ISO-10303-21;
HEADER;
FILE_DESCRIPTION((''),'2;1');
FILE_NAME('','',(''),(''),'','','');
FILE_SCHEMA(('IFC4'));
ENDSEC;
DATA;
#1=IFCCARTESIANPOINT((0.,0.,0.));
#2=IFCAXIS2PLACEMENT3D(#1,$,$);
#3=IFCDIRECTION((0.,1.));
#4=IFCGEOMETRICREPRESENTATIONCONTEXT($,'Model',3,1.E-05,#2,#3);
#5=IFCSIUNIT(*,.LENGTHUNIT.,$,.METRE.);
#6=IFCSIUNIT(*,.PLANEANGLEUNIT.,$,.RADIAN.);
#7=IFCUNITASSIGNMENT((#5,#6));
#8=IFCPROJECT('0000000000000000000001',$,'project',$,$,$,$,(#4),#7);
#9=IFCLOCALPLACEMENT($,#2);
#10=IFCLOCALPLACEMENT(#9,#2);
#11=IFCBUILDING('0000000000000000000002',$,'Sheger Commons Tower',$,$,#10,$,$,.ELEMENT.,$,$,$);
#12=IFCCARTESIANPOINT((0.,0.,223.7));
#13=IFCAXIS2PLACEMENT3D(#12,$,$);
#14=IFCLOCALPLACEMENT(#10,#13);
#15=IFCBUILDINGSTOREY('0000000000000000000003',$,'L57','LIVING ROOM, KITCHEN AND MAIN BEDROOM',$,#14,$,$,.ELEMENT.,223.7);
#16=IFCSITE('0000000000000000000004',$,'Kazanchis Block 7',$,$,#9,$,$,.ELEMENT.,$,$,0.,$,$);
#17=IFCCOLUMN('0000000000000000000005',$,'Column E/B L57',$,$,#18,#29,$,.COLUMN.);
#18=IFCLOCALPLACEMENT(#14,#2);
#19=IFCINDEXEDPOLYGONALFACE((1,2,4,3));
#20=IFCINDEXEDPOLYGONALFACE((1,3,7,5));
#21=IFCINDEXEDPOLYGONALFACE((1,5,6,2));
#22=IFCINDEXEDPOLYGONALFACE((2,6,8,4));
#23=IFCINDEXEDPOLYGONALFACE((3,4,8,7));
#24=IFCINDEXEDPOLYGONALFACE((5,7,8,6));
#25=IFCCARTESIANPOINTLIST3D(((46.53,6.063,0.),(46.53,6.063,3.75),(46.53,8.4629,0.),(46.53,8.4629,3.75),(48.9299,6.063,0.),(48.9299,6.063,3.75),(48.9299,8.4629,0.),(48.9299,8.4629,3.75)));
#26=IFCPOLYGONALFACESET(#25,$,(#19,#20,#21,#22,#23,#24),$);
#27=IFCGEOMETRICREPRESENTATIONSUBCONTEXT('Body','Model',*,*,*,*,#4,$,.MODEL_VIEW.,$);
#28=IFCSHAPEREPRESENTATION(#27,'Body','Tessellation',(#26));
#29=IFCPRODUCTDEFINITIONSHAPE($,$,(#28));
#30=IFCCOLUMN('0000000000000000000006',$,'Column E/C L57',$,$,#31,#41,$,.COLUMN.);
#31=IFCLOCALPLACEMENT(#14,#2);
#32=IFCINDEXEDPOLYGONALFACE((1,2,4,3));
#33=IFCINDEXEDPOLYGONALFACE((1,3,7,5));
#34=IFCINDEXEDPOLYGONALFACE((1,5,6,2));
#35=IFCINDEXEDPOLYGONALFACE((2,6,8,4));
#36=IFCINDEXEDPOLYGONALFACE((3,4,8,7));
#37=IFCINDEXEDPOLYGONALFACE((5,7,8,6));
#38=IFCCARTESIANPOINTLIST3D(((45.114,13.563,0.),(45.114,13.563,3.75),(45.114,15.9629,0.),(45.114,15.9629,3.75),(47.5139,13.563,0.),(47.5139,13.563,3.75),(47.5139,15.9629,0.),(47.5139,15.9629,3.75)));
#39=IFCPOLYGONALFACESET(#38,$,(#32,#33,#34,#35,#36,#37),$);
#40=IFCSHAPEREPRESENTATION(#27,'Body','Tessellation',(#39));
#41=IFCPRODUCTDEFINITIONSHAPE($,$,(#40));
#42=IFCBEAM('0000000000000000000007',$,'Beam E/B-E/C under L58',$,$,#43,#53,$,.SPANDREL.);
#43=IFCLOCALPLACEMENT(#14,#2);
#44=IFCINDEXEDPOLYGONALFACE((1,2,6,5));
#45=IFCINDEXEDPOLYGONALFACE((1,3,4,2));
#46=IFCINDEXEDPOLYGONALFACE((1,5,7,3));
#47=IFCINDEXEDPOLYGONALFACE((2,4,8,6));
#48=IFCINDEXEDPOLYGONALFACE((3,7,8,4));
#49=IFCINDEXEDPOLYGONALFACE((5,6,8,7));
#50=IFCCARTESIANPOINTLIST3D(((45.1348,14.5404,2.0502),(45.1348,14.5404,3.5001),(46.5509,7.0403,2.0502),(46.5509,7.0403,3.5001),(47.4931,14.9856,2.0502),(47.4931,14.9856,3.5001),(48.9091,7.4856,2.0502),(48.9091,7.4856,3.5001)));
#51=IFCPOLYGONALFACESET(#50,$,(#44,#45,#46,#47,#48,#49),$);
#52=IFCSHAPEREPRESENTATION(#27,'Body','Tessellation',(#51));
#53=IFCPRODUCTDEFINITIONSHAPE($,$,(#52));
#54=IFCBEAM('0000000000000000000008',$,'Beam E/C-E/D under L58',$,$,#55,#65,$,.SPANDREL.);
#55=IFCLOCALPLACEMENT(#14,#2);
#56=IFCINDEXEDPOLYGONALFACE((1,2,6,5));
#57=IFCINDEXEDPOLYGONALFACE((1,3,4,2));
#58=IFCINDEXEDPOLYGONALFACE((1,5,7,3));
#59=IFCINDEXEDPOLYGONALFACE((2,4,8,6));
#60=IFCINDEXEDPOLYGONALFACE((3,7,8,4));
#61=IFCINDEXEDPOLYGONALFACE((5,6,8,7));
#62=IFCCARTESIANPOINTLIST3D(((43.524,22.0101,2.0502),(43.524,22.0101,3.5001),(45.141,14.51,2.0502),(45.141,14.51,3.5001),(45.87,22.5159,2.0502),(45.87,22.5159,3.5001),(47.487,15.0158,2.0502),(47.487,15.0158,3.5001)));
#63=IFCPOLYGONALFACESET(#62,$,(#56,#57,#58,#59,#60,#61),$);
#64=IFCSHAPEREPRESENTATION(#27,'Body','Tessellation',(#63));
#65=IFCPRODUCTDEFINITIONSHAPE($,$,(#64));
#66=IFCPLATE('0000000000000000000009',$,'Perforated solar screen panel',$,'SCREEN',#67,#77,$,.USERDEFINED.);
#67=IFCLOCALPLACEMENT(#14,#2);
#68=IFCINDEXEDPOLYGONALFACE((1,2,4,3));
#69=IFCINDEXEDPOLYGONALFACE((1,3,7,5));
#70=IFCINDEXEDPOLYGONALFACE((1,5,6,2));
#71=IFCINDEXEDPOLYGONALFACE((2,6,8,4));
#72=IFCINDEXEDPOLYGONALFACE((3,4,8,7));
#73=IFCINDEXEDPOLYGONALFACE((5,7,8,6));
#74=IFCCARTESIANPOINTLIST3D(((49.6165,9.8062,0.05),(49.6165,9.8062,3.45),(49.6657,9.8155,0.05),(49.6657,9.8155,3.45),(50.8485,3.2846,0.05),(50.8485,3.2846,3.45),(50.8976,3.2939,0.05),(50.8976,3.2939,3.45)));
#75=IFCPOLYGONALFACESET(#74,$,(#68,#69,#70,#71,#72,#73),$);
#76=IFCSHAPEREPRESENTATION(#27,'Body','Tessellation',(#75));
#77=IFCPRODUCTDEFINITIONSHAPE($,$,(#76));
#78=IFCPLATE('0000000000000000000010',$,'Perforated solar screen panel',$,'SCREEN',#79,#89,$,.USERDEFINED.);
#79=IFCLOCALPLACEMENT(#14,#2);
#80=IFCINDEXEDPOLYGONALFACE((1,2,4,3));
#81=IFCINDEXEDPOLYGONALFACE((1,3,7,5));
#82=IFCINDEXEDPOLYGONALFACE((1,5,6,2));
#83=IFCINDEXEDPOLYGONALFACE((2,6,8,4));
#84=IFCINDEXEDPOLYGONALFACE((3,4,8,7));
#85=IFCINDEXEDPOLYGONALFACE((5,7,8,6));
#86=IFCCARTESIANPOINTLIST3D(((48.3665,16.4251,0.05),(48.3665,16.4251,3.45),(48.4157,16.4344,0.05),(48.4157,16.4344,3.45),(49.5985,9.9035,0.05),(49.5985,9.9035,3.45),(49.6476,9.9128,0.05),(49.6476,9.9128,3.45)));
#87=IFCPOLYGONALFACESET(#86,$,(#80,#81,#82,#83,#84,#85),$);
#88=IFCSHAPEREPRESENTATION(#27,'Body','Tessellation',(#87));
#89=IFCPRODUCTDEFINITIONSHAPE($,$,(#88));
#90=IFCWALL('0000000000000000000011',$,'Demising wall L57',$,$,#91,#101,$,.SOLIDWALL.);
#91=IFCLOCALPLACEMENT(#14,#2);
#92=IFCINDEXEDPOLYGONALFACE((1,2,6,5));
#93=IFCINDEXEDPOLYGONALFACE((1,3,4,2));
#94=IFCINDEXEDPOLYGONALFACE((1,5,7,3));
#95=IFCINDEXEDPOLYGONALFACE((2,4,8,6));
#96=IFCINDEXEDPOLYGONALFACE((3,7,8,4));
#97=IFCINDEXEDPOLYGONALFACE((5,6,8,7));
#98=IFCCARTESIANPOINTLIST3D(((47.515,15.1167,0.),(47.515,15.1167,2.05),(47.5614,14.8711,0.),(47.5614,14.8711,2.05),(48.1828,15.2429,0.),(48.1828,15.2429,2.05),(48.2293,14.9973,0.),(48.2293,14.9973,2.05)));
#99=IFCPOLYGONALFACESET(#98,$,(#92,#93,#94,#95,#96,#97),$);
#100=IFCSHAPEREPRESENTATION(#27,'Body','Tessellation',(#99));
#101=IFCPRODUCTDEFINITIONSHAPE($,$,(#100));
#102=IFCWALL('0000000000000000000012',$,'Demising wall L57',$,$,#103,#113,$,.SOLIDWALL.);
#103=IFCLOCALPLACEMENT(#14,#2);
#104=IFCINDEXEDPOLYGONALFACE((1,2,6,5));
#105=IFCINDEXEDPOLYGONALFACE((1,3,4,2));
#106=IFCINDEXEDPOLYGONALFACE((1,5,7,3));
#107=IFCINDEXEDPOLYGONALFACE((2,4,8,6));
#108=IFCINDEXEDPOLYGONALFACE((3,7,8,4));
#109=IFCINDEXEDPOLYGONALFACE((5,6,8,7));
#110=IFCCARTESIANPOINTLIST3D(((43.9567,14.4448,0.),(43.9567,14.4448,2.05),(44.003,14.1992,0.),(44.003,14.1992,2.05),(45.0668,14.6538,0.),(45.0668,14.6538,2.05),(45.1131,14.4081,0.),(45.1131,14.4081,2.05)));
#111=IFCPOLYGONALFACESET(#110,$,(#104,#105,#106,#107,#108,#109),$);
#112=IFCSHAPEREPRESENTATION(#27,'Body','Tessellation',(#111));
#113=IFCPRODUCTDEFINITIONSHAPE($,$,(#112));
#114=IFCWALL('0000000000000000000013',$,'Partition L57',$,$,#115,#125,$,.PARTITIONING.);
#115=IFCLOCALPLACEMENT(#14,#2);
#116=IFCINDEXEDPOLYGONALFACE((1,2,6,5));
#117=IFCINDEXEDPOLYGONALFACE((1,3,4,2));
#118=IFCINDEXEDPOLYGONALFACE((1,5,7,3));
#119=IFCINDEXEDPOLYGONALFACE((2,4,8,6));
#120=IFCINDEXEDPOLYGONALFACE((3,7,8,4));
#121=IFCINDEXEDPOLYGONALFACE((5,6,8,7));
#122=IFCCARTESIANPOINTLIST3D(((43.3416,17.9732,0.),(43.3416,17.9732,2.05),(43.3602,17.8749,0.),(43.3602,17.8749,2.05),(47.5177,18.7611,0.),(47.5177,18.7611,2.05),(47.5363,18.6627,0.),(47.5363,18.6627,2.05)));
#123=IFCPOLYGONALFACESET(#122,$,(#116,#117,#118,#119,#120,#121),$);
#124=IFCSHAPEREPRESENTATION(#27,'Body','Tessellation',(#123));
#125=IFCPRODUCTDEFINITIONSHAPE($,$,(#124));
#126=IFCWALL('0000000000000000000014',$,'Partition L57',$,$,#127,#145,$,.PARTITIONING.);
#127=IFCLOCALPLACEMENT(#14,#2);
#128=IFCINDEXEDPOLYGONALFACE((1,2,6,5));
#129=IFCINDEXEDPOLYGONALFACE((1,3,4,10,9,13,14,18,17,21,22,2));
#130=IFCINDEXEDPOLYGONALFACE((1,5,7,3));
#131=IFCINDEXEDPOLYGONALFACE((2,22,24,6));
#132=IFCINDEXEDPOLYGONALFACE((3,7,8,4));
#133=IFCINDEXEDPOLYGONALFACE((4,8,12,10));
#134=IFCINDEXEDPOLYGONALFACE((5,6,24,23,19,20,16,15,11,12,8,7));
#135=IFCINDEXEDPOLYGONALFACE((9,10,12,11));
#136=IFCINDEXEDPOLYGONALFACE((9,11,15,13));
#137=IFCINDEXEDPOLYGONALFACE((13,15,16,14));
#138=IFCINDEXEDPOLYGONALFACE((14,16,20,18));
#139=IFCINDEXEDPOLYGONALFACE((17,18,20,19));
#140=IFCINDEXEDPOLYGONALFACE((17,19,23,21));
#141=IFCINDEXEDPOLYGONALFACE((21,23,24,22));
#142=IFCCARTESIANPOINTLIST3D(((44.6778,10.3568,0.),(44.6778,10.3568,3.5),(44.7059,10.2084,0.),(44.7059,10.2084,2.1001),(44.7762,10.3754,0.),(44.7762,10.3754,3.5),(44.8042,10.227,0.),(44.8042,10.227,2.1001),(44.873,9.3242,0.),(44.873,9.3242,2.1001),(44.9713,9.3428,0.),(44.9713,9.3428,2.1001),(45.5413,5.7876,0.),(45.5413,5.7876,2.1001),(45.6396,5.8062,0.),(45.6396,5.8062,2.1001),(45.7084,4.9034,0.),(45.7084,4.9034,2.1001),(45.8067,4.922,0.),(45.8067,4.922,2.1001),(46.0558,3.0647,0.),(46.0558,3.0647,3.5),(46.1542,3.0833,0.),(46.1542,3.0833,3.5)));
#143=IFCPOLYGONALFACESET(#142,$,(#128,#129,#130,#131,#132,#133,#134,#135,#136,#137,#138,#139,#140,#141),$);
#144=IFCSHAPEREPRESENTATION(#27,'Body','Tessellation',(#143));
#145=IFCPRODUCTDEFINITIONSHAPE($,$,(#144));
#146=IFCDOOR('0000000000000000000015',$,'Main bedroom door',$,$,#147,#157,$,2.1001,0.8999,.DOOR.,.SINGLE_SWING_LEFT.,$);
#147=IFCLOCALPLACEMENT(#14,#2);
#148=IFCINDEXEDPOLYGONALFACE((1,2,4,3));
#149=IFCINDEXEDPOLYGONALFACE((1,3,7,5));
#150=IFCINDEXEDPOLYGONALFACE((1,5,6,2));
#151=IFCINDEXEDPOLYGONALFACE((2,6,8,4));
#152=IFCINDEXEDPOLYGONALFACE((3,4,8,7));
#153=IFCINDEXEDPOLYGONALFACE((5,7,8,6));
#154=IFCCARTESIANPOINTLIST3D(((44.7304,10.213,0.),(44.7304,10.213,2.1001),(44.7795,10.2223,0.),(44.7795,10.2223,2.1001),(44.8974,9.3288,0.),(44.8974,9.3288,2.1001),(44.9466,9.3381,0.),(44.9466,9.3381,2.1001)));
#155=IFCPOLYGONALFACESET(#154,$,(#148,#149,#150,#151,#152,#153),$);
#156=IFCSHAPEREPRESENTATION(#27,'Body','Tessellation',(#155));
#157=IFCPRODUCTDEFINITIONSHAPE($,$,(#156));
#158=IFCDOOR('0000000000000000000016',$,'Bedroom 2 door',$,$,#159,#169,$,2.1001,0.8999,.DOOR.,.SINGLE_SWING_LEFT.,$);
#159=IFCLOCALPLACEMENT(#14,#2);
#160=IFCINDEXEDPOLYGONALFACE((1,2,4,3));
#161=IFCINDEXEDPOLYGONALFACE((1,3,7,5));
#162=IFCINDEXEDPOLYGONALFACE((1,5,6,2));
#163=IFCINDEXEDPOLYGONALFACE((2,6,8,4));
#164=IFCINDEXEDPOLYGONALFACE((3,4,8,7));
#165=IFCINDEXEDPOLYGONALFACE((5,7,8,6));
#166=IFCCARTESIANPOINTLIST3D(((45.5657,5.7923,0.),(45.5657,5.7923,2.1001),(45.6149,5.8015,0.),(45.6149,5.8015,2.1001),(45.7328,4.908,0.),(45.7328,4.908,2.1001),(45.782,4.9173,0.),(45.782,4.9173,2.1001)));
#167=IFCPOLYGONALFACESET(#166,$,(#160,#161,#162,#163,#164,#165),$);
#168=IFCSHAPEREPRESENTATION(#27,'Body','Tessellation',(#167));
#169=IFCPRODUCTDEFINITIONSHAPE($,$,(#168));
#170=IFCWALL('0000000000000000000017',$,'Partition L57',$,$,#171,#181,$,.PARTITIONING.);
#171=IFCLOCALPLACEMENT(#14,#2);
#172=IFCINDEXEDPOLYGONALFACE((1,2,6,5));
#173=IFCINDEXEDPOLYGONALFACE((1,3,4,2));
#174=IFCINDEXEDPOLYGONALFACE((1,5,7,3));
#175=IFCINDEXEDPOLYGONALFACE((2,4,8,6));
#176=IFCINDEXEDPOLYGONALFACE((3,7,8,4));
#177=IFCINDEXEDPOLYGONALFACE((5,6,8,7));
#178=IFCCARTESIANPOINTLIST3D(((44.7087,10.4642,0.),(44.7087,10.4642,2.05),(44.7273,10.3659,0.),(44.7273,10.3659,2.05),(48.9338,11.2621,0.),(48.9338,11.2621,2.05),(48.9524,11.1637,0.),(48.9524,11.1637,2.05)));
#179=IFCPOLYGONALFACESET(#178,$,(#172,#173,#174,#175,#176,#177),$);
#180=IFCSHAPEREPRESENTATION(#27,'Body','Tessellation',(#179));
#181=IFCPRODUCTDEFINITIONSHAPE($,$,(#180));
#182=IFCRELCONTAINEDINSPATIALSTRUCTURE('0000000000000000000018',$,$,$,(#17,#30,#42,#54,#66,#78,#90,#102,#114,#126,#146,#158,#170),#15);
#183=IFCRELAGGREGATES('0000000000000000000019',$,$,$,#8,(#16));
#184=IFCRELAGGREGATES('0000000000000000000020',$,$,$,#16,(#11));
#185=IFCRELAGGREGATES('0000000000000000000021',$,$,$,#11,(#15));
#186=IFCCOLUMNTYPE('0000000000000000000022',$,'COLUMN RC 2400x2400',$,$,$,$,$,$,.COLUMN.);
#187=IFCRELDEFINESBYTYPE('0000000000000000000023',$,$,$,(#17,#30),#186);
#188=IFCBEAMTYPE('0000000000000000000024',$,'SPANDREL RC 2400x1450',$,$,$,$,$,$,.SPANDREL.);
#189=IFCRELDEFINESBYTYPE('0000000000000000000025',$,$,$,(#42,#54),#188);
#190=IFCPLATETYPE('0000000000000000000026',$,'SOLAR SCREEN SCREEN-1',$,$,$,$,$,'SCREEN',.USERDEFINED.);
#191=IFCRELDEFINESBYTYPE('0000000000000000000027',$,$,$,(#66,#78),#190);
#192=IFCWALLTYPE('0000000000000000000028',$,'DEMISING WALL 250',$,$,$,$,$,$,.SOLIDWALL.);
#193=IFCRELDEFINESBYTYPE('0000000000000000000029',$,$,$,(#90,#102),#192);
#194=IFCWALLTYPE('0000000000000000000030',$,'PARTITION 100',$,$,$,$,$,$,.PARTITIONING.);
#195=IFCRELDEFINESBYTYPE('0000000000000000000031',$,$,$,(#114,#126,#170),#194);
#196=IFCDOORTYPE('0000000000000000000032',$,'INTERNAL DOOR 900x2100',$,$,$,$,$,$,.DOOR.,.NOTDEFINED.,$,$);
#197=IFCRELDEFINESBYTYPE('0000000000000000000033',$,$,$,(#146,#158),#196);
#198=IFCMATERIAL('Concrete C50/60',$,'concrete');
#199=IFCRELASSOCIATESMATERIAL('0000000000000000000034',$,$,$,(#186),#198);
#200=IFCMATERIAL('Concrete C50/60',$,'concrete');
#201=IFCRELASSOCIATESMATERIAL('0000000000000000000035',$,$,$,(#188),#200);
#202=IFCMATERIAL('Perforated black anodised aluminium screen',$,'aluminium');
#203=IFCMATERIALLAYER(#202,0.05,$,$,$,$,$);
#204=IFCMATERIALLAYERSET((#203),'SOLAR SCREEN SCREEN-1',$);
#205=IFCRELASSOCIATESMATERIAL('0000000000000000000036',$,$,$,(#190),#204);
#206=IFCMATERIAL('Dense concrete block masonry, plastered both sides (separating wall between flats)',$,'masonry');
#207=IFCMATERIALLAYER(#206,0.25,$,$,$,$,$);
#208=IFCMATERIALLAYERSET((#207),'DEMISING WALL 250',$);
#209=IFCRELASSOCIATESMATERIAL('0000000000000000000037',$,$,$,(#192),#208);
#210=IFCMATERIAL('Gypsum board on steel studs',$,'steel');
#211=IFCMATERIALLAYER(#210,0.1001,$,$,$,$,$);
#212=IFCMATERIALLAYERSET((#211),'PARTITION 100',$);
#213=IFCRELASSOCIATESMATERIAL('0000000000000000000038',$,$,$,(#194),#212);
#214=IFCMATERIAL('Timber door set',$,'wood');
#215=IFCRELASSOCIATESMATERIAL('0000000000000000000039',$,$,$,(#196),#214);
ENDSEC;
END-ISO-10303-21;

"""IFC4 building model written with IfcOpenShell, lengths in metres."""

from ifc_helpers import new_model, si_unit, direction, frame, frame_2d, origin, origin_2d, place, context, subcontext, project, spatial, rectangle, extrude, material, layer, layer_set, material_profile, profile_set, type_object, element, fill, save


model = new_model("IFC4")

# Units and contexts
model_context = context("Model", 3, precision=1e-05, world=origin(), true_north=direction((0.0, 1.0)))
body_context = subcontext(model_context, "Body", "Model", "MODEL_VIEW")
ifc_project = project(units=[si_unit("LENGTHUNIT", "METRE"), si_unit("PLANEANGLEUNIT", "RADIAN")], contexts=[model_context])

# Site, building, storey
site_placement = place(None, origin())
site = spatial("IfcSite", under=ifc_project, at=site_placement, Name="Kazanchis Block 7", CompositionType="ELEMENT", RefElevation=0.0)
building_placement = place(site_placement, origin())
building = spatial("IfcBuilding", under=site, at=building_placement, Name="Sheger Commons Tower", CompositionType="ELEMENT")
storey_placement = place(building_placement, frame((0.0, 0.0, 223.7)))
storey = spatial("IfcBuildingStorey", under=building, at=storey_placement, Name="L57", Description="LIVING ROOM, KITCHEN AND MAIN BEDROOM", CompositionType="ELEMENT", Elevation=223.7)

# Columns
ifc_material_1 = material(Name="Concrete C50/60", Category="concrete")
ifc_material_profile_1 = material_profile(ifc_material_1, rectangle(XDim=2.3999, YDim=2.3999, at=origin_2d()), Name="RC 2400x2400")
ifc_profile_set_1 = profile_set([ifc_material_profile_1], Name="Concrete C50/60")
column_type = type_object("IfcColumnType", Name="COLUMN RC 2400x2400", PredefinedType="COLUMN", material=ifc_profile_set_1)
for number, where, z_axis, x_axis, name in (
    (1, (47.73, 7.2629, 0.0), (0.0, 0.0, 1.0), (1.0, 0.0, 0.0), "Column E/B L57"),
    (2, (46.314, 14.7629, 0.0), (0.0, 0.0, 1.0), (1.0, 0.0, 0.0), "Column E/C L57"),
):
    element("IfcColumn", number, at=place(storey_placement, frame(where, z_axis=z_axis, x_axis=x_axis)), inside=storey, type_object=column_type, Name=name, PredefinedType="COLUMN", context=body_context, shape_type="SweptSolid", body=[
        extrude(rectangle(XDim=2.3999, YDim=2.3999, at=origin_2d()), origin(), (0.0, 0.0, 1.0), 3.75),
    ])

# Beams
ifc_material_2 = material(Name="Concrete C50/60", Category="concrete")
ifc_material_profile_2 = material_profile(ifc_material_2, rectangle(XDim=2.3999, YDim=1.45, at=origin_2d()), Name="RC 2400x1450")
ifc_profile_set_2 = profile_set([ifc_material_profile_2], Name="Concrete C50/60")
beam_type = type_object("IfcBeamType", Name="SPANDREL RC 2400x1450", PredefinedType="SPANDREL", material=ifc_profile_set_2)
beam_1_placement = place(storey_placement, frame((47.73, 7.2629, 2.7751), z_axis=(-0.185524, 0.98264, 0.0), x_axis=(-0.98264, -0.185524, 0.0)))
element("IfcBeam", 3, at=beam_1_placement, inside=storey, type_object=beam_type, Name="Beam E/B-E/C under L58", PredefinedType="SPANDREL", context=body_context, shape_type="SweptSolid", body=[
    extrude(rectangle(XDim=2.3999, YDim=1.45, at=origin_2d()), origin(), (0.0, 0.0, 1.0), 7.6326),
])
beam_2_placement = place(storey_placement, frame((46.314, 14.7629, 2.7751), z_axis=(-0.21075, 0.97754, 0.0), x_axis=(-0.97754, -0.21075, 0.0)))
element("IfcBeam", 4, at=beam_2_placement, inside=storey, type_object=beam_type, Name="Beam E/C-E/D under L58", PredefinedType="SPANDREL", context=body_context, shape_type="SweptSolid", body=[
    extrude(rectangle(XDim=2.3999, YDim=1.45, at=origin_2d()), origin(), (0.0, 0.0, 1.0), 7.6724),
])

# Plates
ifc_material_3 = material(Name="Perforated black anodised aluminium screen", Category="aluminium")
ifc_layer_1 = layer(ifc_material_3, 0.05)
ifc_layer_set_1 = layer_set([ifc_layer_1], Name="SOLAR SCREEN SCREEN-1")
plate_type = type_object("IfcPlateType", Name="SOLAR SCREEN SCREEN-1", ElementType="SCREEN", PredefinedType="USERDEFINED", material=ifc_layer_set_1)
for number, where, z_axis, x_axis, name in (
    (5, (50.2571, 6.55, 0.05), (0.0, 0.0, 1.0), (-0.185615, 0.982623, 0.0), "Perforated solar screen panel"),
    (6, (49.0071, 13.1689, 0.05), (0.0, 0.0, 1.0), (-0.185615, 0.982623, 0.0), "Perforated solar screen panel"),
):
    element("IfcPlate", number, at=place(storey_placement, frame(where, z_axis=z_axis, x_axis=x_axis)), inside=storey, type_object=plate_type, Name=name, ObjectType="SCREEN", PredefinedType="USERDEFINED", context=body_context, shape_type="SweptSolid", body=[
        extrude(rectangle(XDim=6.637, YDim=0.05, at=origin_2d()), origin(), (0.0, 0.0, 1.0), 3.3999),
    ])

# Walls
ifc_material_4 = material(Name="Dense concrete block masonry, plastered both sides (separating wall between flats)", Category="masonry")
ifc_layer_2 = layer(ifc_material_4, 0.25)
ifc_layer_set_2 = layer_set([ifc_layer_2], Name="DEMISING WALL 250")
wall_type_1 = type_object("IfcWallType", Name="DEMISING WALL 250", PredefinedType="SOLIDWALL", material=ifc_layer_set_2)
wall_1_placement = place(storey_placement, frame((48.2061, 15.1201, 0.0), z_axis=(0.0, 0.0, 1.0), x_axis=(-0.982611, -0.185676, 0.0)))
element("IfcWall", 7, at=wall_1_placement, inside=storey, type_object=wall_type_1, Name="Demising wall L57", PredefinedType="SOLIDWALL", context=body_context, shape_type="SweptSolid", body=[
    extrude(rectangle(XDim=0.6797, YDim=0.25, at=frame_2d((0.3398, 0.0))), origin(), (0.0, 0.0, 1.0), 2.05),
])
wall_2_placement = place(storey_placement, frame((45.0901, 14.531, 0.0), z_axis=(0.0, 0.0, 1.0), x_axis=(-0.982737, -0.185006, 0.0)))
element("IfcWall", 8, at=wall_2_placement, inside=storey, type_object=wall_type_1, Name="Demising wall L57", PredefinedType="SOLIDWALL", context=body_context, shape_type="SweptSolid", body=[
    extrude(rectangle(XDim=1.1296, YDim=0.25, at=frame_2d((0.5649, 0.0))), origin(), (0.0, 0.0, 1.0), 2.05),
])
ifc_material_5 = material(Name="Gypsum board on steel studs", Category="steel")
ifc_layer_3 = layer(ifc_material_5, 0.1001)
ifc_layer_set_3 = layer_set([ifc_layer_3], Name="PARTITION 100")
wall_type_2 = type_object("IfcWallType", Name="PARTITION 100", PredefinedType="PARTITIONING", material=ifc_layer_set_3)
wall_3_placement = place(storey_placement, frame((47.5271, 18.7119, 0.0), z_axis=(0.0, 0.0, 1.0), x_axis=(-0.982665, -0.185388, 0.0)))
element("IfcWall", 9, at=wall_3_placement, inside=storey, type_object=wall_type_2, Name="Partition L57", PredefinedType="PARTITIONING", context=body_context, shape_type="SweptSolid", body=[
    extrude(rectangle(XDim=4.2498, YDim=0.1001, at=frame_2d((2.125, 0.0))), origin(), (0.0, 0.0, 1.0), 2.05),
])

# Wall, openings, doors
wall_4_placement = place(storey_placement, frame((44.7271, 10.366, 0.0), z_axis=(0.0, 0.0, 1.0), x_axis=(0.185679, -0.98261, 0.0)))
wall_4 = element("IfcWall", 10, at=wall_4_placement, inside=storey, type_object=wall_type_2, Name="Partition L57", PredefinedType="PARTITIONING", context=body_context, shape_type="SweptSolid", body=[
    extrude(rectangle(XDim=7.4211, YDim=0.1001, at=frame_2d((3.7104, 0.0))), origin(), (0.0, 0.0, 1.0), 3.5),
])
opening_1_placement = place(wall_4_placement, frame((0.1509, 0.0, 0.0)))
opening_1 = element("IfcOpeningElement", 11, at=opening_1_placement, cuts=wall_4, PredefinedType="OPENING", context=body_context, shape_type="SweptSolid", body=[
    extrude(rectangle(XDim=0.8999, YDim=2.1001, at=frame_2d((0.45, 1.05))), frame((0.0, 0.0601, 0.0), z_axis=(0.0, -1.0, 0.0), x_axis=(1.0, 0.0, 0.0)), (0.0, 0.0, 1.0), 0.1201),
])
opening_2_placement = place(wall_4_placement, frame((4.6499, 0.0, 0.0)))
opening_2 = element("IfcOpeningElement", 12, at=opening_2_placement, cuts=wall_4, PredefinedType="OPENING", context=body_context, shape_type="SweptSolid", body=[
    extrude(rectangle(XDim=0.8999, YDim=2.1001, at=frame_2d((0.45, 1.05))), frame((0.0, 0.0601, 0.0), z_axis=(0.0, -1.0, 0.0), x_axis=(1.0, 0.0, 0.0)), (0.0, 0.0, 1.0), 0.1201),
])
ifc_material_6 = material(Name="Timber door set", Category="wood")
door_type = type_object("IfcDoorType", Name="INTERNAL DOOR 900x2100", OperationType="NOTDEFINED", PredefinedType="DOOR", material=ifc_material_6)
door_1_placement = place(opening_1_placement, origin())
door_1 = element("IfcDoor", 13, at=door_1_placement, inside=storey, type_object=door_type, Name="Main bedroom door", OperationType="SINGLE_SWING_LEFT", OverallHeight=2.1001, OverallWidth=0.8999, PredefinedType="DOOR", context=body_context, shape_type="SweptSolid", body=[
    extrude(rectangle(XDim=0.8999, YDim=2.1001, at=frame_2d((0.45, 1.05))), frame((0.0, 0.0249, 0.0), z_axis=(0.0, -1.0, 0.0), x_axis=(1.0, 0.0, 0.0)), (0.0, 0.0, 1.0), 0.05),
])
fill(opening_1, door_1)
door_2_placement = place(opening_2_placement, origin())
door_2 = element("IfcDoor", 14, at=door_2_placement, inside=storey, type_object=door_type, Name="Bedroom 2 door", OperationType="SINGLE_SWING_LEFT", OverallHeight=2.1001, OverallWidth=0.8999, PredefinedType="DOOR", context=body_context, shape_type="SweptSolid", body=[
    extrude(rectangle(XDim=0.8999, YDim=2.1001, at=frame_2d((0.45, 1.05))), frame((0.0, 0.0249, 0.0), z_axis=(0.0, -1.0, 0.0), x_axis=(1.0, 0.0, 0.0)), (0.0, 0.0, 1.0), 0.05),
])
fill(opening_2, door_2)

# Wall
wall_5_placement = place(storey_placement, frame((48.9431, 11.2129, 0.0), z_axis=(0.0, 0.0, 1.0), x_axis=(-0.982634, -0.185557, 0.0)))
element("IfcWall", 15, at=wall_5_placement, inside=storey, type_object=wall_type_2, Name="Partition L57", PredefinedType="PARTITIONING", context=body_context, shape_type="SweptSolid", body=[
    extrude(rectangle(XDim=4.2998, YDim=0.1001, at=frame_2d((2.1499, 0.0))), origin(), (0.0, 0.0, 1.0), 2.05),
])

save(model, "model.ifc")
